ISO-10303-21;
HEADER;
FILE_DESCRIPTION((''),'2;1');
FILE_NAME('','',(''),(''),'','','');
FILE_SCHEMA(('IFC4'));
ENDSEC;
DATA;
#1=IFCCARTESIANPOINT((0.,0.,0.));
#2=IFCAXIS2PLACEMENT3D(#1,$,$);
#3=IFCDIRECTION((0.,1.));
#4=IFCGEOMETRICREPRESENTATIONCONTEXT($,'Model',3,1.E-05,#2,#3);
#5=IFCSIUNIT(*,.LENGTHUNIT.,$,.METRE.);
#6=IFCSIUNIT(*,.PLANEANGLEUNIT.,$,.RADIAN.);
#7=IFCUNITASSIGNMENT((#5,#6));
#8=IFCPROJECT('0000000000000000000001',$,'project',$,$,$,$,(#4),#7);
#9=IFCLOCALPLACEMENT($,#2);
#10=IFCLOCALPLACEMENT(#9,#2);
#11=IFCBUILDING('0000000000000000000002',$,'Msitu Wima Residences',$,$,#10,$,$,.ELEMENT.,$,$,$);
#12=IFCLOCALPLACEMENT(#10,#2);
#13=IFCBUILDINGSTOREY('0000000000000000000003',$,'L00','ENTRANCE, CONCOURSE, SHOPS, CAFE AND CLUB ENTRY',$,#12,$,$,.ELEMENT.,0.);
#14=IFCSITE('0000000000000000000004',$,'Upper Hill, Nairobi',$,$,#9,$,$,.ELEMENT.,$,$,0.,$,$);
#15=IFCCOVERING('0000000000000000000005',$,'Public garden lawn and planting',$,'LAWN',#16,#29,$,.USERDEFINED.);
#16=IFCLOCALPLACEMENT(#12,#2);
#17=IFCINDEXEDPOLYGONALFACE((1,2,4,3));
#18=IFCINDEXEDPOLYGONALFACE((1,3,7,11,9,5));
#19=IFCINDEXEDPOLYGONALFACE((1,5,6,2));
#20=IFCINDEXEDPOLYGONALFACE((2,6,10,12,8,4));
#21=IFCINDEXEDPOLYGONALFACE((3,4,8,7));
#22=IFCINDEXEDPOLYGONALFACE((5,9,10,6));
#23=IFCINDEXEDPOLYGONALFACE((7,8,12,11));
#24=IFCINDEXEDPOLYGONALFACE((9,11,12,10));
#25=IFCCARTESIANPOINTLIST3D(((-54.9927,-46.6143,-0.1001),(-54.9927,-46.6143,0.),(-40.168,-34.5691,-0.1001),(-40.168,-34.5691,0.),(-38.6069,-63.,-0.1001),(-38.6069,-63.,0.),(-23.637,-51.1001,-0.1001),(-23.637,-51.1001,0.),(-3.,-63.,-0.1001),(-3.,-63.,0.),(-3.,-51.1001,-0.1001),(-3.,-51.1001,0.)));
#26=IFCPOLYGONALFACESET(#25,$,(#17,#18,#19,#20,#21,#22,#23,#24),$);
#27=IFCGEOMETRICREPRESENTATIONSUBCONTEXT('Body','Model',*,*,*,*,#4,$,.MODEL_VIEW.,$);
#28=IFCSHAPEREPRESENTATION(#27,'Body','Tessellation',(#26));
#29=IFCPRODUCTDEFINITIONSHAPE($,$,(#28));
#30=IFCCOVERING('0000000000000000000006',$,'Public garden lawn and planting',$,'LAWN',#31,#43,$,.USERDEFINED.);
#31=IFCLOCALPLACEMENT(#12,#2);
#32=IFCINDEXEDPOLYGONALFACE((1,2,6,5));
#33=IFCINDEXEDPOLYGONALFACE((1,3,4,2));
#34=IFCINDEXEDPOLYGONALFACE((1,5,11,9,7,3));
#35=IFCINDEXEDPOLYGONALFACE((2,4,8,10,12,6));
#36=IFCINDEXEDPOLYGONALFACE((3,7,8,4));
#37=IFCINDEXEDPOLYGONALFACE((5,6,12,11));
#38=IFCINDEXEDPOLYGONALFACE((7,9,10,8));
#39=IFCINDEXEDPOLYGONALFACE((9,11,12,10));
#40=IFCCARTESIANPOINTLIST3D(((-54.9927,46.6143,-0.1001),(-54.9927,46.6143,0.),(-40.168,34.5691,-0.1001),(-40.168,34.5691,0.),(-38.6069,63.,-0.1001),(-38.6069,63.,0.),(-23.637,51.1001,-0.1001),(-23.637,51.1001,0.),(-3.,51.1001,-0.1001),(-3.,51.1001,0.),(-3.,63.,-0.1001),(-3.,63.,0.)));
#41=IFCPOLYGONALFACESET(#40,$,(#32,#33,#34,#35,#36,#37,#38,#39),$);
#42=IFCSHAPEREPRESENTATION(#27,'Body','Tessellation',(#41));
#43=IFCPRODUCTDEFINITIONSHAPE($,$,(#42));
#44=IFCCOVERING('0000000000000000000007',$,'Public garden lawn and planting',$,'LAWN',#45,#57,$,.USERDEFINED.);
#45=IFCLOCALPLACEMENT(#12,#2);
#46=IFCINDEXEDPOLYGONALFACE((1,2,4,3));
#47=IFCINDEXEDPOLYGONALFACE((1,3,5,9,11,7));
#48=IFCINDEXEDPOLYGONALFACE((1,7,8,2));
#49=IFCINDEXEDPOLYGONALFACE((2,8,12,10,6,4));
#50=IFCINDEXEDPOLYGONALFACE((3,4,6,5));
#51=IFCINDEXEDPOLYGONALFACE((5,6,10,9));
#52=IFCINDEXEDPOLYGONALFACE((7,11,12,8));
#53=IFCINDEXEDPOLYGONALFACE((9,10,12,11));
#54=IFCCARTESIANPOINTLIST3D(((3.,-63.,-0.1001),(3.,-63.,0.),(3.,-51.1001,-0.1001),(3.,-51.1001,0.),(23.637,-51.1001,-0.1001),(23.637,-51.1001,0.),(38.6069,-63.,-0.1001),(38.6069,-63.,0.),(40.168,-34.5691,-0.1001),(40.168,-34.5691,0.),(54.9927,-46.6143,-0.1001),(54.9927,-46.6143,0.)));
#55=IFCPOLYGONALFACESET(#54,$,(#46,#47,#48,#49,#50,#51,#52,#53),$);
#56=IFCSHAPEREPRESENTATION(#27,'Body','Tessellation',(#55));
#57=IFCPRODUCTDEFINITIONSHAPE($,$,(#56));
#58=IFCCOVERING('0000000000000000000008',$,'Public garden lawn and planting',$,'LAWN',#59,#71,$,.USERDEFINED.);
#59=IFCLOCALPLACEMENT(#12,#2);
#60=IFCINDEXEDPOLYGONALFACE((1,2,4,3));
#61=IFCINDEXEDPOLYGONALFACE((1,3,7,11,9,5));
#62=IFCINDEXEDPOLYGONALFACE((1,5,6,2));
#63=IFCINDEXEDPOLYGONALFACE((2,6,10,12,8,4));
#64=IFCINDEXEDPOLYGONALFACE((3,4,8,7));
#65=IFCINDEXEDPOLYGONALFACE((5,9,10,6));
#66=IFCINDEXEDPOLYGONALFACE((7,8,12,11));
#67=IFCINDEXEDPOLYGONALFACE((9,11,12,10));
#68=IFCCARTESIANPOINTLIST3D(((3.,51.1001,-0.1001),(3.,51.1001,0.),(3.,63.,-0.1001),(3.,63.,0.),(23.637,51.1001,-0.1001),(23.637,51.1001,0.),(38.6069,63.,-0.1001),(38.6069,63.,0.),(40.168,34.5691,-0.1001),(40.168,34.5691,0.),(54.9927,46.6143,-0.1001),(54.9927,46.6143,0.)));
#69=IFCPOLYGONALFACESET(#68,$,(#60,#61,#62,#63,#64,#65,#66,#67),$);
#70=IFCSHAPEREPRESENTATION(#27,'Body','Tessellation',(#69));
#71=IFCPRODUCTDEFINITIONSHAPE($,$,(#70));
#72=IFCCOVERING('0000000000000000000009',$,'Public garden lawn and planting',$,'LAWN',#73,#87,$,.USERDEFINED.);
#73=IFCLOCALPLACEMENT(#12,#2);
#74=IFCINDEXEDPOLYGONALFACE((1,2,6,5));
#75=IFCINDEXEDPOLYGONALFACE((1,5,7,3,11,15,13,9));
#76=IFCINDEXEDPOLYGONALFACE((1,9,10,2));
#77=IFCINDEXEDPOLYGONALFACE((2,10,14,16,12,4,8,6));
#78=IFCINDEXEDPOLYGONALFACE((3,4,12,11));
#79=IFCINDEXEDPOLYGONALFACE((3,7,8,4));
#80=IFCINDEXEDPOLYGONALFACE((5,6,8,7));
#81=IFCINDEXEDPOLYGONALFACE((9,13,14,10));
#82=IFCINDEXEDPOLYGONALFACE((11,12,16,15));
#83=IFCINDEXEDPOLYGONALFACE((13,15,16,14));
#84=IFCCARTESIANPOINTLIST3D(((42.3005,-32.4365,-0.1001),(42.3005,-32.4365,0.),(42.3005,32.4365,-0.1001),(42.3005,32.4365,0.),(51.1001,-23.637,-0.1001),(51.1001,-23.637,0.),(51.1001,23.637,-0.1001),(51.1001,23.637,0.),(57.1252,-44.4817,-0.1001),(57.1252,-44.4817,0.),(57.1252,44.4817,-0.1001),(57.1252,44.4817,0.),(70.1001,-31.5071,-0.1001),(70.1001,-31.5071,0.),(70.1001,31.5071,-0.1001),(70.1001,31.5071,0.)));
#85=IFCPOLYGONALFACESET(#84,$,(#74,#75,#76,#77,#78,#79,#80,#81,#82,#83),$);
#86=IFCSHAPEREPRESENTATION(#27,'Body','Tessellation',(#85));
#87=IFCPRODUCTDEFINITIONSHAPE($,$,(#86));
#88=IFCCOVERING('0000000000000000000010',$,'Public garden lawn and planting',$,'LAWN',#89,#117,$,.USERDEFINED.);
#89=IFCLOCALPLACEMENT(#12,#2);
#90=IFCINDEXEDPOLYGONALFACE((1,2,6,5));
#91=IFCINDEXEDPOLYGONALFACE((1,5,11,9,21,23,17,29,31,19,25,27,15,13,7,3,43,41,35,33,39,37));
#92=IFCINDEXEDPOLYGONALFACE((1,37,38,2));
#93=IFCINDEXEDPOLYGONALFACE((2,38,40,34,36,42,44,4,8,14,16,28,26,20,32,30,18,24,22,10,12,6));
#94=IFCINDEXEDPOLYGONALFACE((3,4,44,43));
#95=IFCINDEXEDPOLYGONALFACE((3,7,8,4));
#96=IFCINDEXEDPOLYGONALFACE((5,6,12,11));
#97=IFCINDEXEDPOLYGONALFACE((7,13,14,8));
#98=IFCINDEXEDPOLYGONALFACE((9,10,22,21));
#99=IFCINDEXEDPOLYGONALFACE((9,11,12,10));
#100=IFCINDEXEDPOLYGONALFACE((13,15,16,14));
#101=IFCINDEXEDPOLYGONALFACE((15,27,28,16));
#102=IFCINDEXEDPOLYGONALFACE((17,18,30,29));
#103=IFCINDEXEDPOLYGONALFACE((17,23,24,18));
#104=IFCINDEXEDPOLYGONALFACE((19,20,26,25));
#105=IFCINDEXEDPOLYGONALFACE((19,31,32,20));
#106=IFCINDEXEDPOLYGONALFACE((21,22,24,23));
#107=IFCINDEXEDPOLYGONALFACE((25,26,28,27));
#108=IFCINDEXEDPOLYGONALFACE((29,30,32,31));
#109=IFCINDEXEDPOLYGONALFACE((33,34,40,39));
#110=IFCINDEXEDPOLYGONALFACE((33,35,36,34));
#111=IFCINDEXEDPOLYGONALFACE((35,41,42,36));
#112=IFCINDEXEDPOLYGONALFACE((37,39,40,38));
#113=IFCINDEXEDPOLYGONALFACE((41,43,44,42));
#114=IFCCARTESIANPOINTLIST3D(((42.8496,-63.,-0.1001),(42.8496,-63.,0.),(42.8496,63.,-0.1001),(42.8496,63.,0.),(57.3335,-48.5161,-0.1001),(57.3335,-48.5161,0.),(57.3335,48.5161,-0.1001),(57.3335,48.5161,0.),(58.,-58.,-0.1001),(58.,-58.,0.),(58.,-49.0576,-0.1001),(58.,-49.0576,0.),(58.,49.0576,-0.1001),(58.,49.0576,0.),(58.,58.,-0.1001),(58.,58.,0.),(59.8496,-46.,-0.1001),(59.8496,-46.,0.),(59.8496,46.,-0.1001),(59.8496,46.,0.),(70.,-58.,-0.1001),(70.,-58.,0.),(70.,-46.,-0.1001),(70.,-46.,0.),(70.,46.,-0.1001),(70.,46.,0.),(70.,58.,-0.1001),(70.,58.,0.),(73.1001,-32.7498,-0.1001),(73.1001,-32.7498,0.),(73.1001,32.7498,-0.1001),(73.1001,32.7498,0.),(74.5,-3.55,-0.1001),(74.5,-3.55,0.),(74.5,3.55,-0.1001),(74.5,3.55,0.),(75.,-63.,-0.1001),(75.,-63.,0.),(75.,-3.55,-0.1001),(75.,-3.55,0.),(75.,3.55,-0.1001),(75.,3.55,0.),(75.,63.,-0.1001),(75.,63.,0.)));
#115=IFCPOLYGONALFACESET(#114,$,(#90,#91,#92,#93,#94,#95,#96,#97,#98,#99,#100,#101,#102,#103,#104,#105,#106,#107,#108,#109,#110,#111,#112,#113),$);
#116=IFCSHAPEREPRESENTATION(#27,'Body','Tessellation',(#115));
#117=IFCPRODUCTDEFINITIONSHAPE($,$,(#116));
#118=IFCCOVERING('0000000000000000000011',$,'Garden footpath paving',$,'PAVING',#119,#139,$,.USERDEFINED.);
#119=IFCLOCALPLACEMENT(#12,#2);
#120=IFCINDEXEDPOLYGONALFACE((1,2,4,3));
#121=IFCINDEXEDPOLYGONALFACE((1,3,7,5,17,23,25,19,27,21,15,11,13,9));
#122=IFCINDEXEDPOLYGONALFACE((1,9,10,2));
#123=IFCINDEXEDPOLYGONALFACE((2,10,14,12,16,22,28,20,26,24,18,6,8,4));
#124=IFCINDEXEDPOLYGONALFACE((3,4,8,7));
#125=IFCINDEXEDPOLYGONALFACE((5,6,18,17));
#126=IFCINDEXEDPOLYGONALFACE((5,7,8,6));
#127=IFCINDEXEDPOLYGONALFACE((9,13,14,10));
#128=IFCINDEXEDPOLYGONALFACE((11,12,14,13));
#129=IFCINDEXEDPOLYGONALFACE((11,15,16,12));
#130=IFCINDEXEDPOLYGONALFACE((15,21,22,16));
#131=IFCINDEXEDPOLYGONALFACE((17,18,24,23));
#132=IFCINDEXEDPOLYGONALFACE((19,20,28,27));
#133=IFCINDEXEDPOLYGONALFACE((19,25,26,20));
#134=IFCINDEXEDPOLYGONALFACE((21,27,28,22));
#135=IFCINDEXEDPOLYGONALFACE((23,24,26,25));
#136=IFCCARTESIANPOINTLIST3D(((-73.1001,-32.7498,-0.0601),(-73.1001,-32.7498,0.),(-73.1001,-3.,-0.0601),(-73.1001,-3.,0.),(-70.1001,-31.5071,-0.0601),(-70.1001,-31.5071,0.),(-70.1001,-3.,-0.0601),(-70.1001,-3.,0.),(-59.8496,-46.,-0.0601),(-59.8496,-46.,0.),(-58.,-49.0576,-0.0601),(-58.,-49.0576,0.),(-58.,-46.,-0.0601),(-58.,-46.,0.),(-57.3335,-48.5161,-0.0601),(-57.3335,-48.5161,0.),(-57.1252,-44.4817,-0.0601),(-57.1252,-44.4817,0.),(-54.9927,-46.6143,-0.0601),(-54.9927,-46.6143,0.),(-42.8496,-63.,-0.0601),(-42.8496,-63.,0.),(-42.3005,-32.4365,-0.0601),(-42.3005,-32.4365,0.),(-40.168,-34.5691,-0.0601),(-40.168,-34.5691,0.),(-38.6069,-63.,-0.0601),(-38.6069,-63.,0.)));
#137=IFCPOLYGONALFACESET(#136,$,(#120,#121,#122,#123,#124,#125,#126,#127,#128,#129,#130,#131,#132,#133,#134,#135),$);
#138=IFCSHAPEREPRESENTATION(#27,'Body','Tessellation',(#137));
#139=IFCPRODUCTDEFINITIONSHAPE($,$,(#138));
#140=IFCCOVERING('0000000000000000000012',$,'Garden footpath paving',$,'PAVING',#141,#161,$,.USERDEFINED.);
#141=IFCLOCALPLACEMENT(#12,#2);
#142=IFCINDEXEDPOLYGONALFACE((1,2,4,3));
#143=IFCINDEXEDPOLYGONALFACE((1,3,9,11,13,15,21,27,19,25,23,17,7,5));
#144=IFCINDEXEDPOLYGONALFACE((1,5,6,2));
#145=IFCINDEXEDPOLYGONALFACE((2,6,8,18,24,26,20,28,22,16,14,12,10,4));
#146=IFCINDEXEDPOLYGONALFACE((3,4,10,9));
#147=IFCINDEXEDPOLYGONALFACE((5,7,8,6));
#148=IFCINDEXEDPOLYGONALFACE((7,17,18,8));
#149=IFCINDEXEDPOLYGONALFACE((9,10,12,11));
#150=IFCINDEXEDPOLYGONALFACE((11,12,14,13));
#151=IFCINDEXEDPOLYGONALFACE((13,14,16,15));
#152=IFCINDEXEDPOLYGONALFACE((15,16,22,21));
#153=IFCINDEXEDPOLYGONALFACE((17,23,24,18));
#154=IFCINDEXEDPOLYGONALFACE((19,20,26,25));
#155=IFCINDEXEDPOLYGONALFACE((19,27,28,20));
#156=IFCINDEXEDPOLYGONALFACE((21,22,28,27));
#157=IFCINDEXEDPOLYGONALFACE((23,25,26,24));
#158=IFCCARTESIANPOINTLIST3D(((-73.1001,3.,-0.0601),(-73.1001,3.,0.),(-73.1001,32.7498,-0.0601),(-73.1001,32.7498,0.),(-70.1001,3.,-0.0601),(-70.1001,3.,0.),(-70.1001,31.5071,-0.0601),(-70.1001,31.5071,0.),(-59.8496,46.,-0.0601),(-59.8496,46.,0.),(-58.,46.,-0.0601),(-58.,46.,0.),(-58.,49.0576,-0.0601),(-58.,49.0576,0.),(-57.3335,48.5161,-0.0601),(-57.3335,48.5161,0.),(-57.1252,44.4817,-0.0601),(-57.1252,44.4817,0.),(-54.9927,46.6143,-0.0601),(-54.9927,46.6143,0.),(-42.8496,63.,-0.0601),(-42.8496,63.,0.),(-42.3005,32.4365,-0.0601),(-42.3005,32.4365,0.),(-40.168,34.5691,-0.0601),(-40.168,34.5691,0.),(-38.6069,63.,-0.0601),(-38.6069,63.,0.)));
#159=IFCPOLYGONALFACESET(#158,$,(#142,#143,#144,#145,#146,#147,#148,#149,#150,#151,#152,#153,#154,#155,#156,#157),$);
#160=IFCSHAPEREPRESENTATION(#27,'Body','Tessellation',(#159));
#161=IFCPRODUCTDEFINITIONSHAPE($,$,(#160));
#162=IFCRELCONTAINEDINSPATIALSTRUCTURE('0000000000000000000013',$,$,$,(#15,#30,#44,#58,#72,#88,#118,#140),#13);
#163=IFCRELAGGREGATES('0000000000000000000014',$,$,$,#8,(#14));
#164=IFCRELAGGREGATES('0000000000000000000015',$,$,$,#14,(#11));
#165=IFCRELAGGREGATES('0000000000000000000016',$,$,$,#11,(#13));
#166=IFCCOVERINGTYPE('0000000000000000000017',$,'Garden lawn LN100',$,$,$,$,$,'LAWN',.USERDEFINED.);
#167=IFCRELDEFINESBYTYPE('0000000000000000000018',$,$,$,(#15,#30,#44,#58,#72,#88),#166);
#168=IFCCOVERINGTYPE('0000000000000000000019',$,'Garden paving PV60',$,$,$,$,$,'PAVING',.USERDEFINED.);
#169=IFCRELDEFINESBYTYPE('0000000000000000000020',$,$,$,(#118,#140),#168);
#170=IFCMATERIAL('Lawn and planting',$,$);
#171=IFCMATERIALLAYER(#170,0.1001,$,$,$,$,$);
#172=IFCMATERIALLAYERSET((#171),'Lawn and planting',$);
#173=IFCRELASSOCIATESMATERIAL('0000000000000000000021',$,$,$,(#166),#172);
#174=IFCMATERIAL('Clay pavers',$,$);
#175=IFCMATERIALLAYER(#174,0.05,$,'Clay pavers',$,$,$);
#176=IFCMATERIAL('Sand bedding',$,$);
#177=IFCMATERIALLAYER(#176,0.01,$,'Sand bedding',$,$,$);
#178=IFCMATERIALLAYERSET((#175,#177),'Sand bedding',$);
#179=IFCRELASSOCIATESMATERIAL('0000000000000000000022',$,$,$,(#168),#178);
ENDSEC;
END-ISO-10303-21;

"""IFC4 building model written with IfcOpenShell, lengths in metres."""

from ifc_helpers import new_model, si_unit, direction, frame, origin, place, context, subcontext, project, spatial, polyline, outline, extrude, material, layer, layer_set, type_object, element, save


model = new_model("IFC4")

# Units and contexts
model_context = context("Model", 3, precision=1e-05, world=origin(), true_north=direction((0.0, 1.0)))
body_context = subcontext(model_context, "Body", "Model", "MODEL_VIEW")
ifc_project = project(units=[si_unit("LENGTHUNIT", "METRE"), si_unit("PLANEANGLEUNIT", "RADIAN")], contexts=[model_context])

# Site, building, storey
site_placement = place(None, origin())
site = spatial("IfcSite", under=ifc_project, at=site_placement, Name="Upper Hill, Nairobi", CompositionType="ELEMENT", RefElevation=0.0)
building_placement = place(site_placement, origin())
building = spatial("IfcBuilding", under=site, at=building_placement, Name="Msitu Wima Residences", CompositionType="ELEMENT")
storey_placement = place(building_placement, origin())
storey = spatial("IfcBuildingStorey", under=building, at=storey_placement, Name="L00", Description="ENTRANCE, CONCOURSE, SHOPS, CAFE AND CLUB ENTRY", CompositionType="ELEMENT", Elevation=0.0)

# Shared definitions
ifc_material_1 = material(Name="Clay pavers")

# Coverings
ifc_material_2 = material(Name="Lawn and planting")
ifc_layer_1 = layer(ifc_material_2, 0.1001)
ifc_layer_set_1 = layer_set([ifc_layer_1], Name="Lawn and planting")
covering_type_1 = type_object("IfcCoveringType", Name="Garden lawn LN100", ElementType="LAWN", PredefinedType="USERDEFINED", material=ifc_layer_set_1)
covering_1_placement = place(storey_placement, frame((0.0, 0.0, -0.1001)))
element("IfcCovering", 1, at=covering_1_placement, inside=storey, type_object=covering_type_1, Name="Public garden lawn and planting", ObjectType="LAWN", PredefinedType="USERDEFINED", context=body_context, shape_type="SweptSolid", body=[
    extrude(outline(polyline([(-23.637, -51.1001), (-3.0, -51.1001), (-3.0, -63.0), (-38.6069, -63.0), (-54.9927, -46.6143), (-40.168, -34.5691), (-23.637, -51.1001)])), origin(), (0.0, 0.0, 1.0), 0.1001),
])
covering_2_placement = place(storey_placement, frame((0.0, 0.0, -0.1001)))
element("IfcCovering", 2, at=covering_2_placement, inside=storey, type_object=covering_type_1, Name="Public garden lawn and planting", ObjectType="LAWN", PredefinedType="USERDEFINED", context=body_context, shape_type="SweptSolid", body=[
    extrude(outline(polyline([(-3.0, 63.0), (-3.0, 51.1001), (-23.637, 51.1001), (-40.168, 34.5691), (-54.9927, 46.6143), (-38.6069, 63.0), (-3.0, 63.0)])), origin(), (0.0, 0.0, 1.0), 0.1001),
])
covering_3_placement = place(storey_placement, frame((0.0, 0.0, -0.1001)))
element("IfcCovering", 3, at=covering_3_placement, inside=storey, type_object=covering_type_1, Name="Public garden lawn and planting", ObjectType="LAWN", PredefinedType="USERDEFINED", context=body_context, shape_type="SweptSolid", body=[
    extrude(outline(polyline([(3.0, -63.0), (3.0, -51.1001), (23.637, -51.1001), (40.168, -34.5691), (54.9927, -46.6143), (38.6069, -63.0), (3.0, -63.0)])), origin(), (0.0, 0.0, 1.0), 0.1001),
])
covering_4_placement = place(storey_placement, frame((0.0, 0.0, -0.1001)))
element("IfcCovering", 4, at=covering_4_placement, inside=storey, type_object=covering_type_1, Name="Public garden lawn and planting", ObjectType="LAWN", PredefinedType="USERDEFINED", context=body_context, shape_type="SweptSolid", body=[
    extrude(outline(polyline([(23.637, 51.1001), (3.0, 51.1001), (3.0, 63.0), (38.6069, 63.0), (54.9927, 46.6143), (40.168, 34.5691), (23.637, 51.1001)])), origin(), (0.0, 0.0, 1.0), 0.1001),
])
covering_5_placement = place(storey_placement, frame((0.0, 0.0, -0.1001)))
element("IfcCovering", 5, at=covering_5_placement, inside=storey, type_object=covering_type_1, Name="Public garden lawn and planting", ObjectType="LAWN", PredefinedType="USERDEFINED", context=body_context, shape_type="SweptSolid", body=[
    extrude(outline(polyline([(51.1001, -23.637), (51.1001, 23.637), (42.3005, 32.4365), (57.1252, 44.4817), (70.1001, 31.5071), (70.1001, -31.5071), (57.1252, -44.4817), (42.3005, -32.4365), (51.1001, -23.637)])), origin(), (0.0, 0.0, 1.0), 0.1001),
])
covering_6_placement = place(storey_placement, frame((0.0, 0.0, -0.1001)))
element("IfcCovering", 6, at=covering_6_placement, inside=storey, type_object=covering_type_1, Name="Public garden lawn and planting", ObjectType="LAWN", PredefinedType="USERDEFINED", context=body_context, shape_type="SweptSolid", body=[
    extrude(outline(polyline([(42.8496, -63.0), (57.3335, -48.5161), (58.0, -49.0576), (58.0, -58.0), (70.0, -58.0), (70.0, -46.0), (59.8496, -46.0), (73.1001, -32.7498), (73.1001, 32.7498), (59.8496, 46.0), (70.0, 46.0), (70.0, 58.0), (58.0, 58.0), (58.0, 49.0576), (57.3335, 48.5161), (42.8496, 63.0), (75.0, 63.0), (75.0, 3.55), (74.5, 3.55), (74.5, -3.55), (75.0, -3.55), (75.0, -63.0), (42.8496, -63.0)])), origin(), (0.0, 0.0, 1.0), 0.1001),
])
ifc_layer_2 = layer(ifc_material_1, 0.05, Name="Clay pavers")
ifc_material_3 = material(Name="Sand bedding")
ifc_layer_3 = layer(ifc_material_3, 0.01, Name="Sand bedding")
ifc_layer_set_2 = layer_set([ifc_layer_2, ifc_layer_3], Name="Sand bedding")
covering_type_2 = type_object("IfcCoveringType", Name="Garden paving PV60", ElementType="PAVING", PredefinedType="USERDEFINED", material=ifc_layer_set_2)
covering_7_placement = place(storey_placement, frame((0.0, 0.0, -0.0601)))
element("IfcCovering", 7, at=covering_7_placement, inside=storey, type_object=covering_type_2, Name="Garden footpath paving", ObjectType="PAVING", PredefinedType="USERDEFINED", context=body_context, shape_type="SweptSolid", body=[
    extrude(outline(polyline([(-73.1001, -32.7498), (-73.1001, -3.0), (-70.1001, -3.0), (-70.1001, -31.5071), (-57.1252, -44.4817), (-42.3005, -32.4365), (-40.168, -34.5691), (-54.9927, -46.6143), (-38.6069, -63.0), (-42.8496, -63.0), (-57.3335, -48.5161), (-58.0, -49.0576), (-58.0, -46.0), (-59.8496, -46.0), (-73.1001, -32.7498)])), origin(), (0.0, 0.0, 1.0), 0.0601),
])
covering_8_placement = place(storey_placement, frame((0.0, 0.0, -0.0601)))
element("IfcCovering", 8, at=covering_8_placement, inside=storey, type_object=covering_type_2, Name="Garden footpath paving", ObjectType="PAVING", PredefinedType="USERDEFINED", context=body_context, shape_type="SweptSolid", body=[
    extrude(outline(polyline([(-73.1001, 32.7498), (-59.8496, 46.0), (-58.0, 46.0), (-58.0, 49.0576), (-57.3335, 48.5161), (-42.8496, 63.0), (-38.6069, 63.0), (-54.9927, 46.6143), (-40.168, 34.5691), (-42.3005, 32.4365), (-57.1252, 44.4817), (-70.1001, 31.5071), (-70.1001, 3.0), (-73.1001, 3.0), (-73.1001, 32.7498)])), origin(), (0.0, 0.0, 1.0), 0.0601),
])

save(model, "model.ifc")
